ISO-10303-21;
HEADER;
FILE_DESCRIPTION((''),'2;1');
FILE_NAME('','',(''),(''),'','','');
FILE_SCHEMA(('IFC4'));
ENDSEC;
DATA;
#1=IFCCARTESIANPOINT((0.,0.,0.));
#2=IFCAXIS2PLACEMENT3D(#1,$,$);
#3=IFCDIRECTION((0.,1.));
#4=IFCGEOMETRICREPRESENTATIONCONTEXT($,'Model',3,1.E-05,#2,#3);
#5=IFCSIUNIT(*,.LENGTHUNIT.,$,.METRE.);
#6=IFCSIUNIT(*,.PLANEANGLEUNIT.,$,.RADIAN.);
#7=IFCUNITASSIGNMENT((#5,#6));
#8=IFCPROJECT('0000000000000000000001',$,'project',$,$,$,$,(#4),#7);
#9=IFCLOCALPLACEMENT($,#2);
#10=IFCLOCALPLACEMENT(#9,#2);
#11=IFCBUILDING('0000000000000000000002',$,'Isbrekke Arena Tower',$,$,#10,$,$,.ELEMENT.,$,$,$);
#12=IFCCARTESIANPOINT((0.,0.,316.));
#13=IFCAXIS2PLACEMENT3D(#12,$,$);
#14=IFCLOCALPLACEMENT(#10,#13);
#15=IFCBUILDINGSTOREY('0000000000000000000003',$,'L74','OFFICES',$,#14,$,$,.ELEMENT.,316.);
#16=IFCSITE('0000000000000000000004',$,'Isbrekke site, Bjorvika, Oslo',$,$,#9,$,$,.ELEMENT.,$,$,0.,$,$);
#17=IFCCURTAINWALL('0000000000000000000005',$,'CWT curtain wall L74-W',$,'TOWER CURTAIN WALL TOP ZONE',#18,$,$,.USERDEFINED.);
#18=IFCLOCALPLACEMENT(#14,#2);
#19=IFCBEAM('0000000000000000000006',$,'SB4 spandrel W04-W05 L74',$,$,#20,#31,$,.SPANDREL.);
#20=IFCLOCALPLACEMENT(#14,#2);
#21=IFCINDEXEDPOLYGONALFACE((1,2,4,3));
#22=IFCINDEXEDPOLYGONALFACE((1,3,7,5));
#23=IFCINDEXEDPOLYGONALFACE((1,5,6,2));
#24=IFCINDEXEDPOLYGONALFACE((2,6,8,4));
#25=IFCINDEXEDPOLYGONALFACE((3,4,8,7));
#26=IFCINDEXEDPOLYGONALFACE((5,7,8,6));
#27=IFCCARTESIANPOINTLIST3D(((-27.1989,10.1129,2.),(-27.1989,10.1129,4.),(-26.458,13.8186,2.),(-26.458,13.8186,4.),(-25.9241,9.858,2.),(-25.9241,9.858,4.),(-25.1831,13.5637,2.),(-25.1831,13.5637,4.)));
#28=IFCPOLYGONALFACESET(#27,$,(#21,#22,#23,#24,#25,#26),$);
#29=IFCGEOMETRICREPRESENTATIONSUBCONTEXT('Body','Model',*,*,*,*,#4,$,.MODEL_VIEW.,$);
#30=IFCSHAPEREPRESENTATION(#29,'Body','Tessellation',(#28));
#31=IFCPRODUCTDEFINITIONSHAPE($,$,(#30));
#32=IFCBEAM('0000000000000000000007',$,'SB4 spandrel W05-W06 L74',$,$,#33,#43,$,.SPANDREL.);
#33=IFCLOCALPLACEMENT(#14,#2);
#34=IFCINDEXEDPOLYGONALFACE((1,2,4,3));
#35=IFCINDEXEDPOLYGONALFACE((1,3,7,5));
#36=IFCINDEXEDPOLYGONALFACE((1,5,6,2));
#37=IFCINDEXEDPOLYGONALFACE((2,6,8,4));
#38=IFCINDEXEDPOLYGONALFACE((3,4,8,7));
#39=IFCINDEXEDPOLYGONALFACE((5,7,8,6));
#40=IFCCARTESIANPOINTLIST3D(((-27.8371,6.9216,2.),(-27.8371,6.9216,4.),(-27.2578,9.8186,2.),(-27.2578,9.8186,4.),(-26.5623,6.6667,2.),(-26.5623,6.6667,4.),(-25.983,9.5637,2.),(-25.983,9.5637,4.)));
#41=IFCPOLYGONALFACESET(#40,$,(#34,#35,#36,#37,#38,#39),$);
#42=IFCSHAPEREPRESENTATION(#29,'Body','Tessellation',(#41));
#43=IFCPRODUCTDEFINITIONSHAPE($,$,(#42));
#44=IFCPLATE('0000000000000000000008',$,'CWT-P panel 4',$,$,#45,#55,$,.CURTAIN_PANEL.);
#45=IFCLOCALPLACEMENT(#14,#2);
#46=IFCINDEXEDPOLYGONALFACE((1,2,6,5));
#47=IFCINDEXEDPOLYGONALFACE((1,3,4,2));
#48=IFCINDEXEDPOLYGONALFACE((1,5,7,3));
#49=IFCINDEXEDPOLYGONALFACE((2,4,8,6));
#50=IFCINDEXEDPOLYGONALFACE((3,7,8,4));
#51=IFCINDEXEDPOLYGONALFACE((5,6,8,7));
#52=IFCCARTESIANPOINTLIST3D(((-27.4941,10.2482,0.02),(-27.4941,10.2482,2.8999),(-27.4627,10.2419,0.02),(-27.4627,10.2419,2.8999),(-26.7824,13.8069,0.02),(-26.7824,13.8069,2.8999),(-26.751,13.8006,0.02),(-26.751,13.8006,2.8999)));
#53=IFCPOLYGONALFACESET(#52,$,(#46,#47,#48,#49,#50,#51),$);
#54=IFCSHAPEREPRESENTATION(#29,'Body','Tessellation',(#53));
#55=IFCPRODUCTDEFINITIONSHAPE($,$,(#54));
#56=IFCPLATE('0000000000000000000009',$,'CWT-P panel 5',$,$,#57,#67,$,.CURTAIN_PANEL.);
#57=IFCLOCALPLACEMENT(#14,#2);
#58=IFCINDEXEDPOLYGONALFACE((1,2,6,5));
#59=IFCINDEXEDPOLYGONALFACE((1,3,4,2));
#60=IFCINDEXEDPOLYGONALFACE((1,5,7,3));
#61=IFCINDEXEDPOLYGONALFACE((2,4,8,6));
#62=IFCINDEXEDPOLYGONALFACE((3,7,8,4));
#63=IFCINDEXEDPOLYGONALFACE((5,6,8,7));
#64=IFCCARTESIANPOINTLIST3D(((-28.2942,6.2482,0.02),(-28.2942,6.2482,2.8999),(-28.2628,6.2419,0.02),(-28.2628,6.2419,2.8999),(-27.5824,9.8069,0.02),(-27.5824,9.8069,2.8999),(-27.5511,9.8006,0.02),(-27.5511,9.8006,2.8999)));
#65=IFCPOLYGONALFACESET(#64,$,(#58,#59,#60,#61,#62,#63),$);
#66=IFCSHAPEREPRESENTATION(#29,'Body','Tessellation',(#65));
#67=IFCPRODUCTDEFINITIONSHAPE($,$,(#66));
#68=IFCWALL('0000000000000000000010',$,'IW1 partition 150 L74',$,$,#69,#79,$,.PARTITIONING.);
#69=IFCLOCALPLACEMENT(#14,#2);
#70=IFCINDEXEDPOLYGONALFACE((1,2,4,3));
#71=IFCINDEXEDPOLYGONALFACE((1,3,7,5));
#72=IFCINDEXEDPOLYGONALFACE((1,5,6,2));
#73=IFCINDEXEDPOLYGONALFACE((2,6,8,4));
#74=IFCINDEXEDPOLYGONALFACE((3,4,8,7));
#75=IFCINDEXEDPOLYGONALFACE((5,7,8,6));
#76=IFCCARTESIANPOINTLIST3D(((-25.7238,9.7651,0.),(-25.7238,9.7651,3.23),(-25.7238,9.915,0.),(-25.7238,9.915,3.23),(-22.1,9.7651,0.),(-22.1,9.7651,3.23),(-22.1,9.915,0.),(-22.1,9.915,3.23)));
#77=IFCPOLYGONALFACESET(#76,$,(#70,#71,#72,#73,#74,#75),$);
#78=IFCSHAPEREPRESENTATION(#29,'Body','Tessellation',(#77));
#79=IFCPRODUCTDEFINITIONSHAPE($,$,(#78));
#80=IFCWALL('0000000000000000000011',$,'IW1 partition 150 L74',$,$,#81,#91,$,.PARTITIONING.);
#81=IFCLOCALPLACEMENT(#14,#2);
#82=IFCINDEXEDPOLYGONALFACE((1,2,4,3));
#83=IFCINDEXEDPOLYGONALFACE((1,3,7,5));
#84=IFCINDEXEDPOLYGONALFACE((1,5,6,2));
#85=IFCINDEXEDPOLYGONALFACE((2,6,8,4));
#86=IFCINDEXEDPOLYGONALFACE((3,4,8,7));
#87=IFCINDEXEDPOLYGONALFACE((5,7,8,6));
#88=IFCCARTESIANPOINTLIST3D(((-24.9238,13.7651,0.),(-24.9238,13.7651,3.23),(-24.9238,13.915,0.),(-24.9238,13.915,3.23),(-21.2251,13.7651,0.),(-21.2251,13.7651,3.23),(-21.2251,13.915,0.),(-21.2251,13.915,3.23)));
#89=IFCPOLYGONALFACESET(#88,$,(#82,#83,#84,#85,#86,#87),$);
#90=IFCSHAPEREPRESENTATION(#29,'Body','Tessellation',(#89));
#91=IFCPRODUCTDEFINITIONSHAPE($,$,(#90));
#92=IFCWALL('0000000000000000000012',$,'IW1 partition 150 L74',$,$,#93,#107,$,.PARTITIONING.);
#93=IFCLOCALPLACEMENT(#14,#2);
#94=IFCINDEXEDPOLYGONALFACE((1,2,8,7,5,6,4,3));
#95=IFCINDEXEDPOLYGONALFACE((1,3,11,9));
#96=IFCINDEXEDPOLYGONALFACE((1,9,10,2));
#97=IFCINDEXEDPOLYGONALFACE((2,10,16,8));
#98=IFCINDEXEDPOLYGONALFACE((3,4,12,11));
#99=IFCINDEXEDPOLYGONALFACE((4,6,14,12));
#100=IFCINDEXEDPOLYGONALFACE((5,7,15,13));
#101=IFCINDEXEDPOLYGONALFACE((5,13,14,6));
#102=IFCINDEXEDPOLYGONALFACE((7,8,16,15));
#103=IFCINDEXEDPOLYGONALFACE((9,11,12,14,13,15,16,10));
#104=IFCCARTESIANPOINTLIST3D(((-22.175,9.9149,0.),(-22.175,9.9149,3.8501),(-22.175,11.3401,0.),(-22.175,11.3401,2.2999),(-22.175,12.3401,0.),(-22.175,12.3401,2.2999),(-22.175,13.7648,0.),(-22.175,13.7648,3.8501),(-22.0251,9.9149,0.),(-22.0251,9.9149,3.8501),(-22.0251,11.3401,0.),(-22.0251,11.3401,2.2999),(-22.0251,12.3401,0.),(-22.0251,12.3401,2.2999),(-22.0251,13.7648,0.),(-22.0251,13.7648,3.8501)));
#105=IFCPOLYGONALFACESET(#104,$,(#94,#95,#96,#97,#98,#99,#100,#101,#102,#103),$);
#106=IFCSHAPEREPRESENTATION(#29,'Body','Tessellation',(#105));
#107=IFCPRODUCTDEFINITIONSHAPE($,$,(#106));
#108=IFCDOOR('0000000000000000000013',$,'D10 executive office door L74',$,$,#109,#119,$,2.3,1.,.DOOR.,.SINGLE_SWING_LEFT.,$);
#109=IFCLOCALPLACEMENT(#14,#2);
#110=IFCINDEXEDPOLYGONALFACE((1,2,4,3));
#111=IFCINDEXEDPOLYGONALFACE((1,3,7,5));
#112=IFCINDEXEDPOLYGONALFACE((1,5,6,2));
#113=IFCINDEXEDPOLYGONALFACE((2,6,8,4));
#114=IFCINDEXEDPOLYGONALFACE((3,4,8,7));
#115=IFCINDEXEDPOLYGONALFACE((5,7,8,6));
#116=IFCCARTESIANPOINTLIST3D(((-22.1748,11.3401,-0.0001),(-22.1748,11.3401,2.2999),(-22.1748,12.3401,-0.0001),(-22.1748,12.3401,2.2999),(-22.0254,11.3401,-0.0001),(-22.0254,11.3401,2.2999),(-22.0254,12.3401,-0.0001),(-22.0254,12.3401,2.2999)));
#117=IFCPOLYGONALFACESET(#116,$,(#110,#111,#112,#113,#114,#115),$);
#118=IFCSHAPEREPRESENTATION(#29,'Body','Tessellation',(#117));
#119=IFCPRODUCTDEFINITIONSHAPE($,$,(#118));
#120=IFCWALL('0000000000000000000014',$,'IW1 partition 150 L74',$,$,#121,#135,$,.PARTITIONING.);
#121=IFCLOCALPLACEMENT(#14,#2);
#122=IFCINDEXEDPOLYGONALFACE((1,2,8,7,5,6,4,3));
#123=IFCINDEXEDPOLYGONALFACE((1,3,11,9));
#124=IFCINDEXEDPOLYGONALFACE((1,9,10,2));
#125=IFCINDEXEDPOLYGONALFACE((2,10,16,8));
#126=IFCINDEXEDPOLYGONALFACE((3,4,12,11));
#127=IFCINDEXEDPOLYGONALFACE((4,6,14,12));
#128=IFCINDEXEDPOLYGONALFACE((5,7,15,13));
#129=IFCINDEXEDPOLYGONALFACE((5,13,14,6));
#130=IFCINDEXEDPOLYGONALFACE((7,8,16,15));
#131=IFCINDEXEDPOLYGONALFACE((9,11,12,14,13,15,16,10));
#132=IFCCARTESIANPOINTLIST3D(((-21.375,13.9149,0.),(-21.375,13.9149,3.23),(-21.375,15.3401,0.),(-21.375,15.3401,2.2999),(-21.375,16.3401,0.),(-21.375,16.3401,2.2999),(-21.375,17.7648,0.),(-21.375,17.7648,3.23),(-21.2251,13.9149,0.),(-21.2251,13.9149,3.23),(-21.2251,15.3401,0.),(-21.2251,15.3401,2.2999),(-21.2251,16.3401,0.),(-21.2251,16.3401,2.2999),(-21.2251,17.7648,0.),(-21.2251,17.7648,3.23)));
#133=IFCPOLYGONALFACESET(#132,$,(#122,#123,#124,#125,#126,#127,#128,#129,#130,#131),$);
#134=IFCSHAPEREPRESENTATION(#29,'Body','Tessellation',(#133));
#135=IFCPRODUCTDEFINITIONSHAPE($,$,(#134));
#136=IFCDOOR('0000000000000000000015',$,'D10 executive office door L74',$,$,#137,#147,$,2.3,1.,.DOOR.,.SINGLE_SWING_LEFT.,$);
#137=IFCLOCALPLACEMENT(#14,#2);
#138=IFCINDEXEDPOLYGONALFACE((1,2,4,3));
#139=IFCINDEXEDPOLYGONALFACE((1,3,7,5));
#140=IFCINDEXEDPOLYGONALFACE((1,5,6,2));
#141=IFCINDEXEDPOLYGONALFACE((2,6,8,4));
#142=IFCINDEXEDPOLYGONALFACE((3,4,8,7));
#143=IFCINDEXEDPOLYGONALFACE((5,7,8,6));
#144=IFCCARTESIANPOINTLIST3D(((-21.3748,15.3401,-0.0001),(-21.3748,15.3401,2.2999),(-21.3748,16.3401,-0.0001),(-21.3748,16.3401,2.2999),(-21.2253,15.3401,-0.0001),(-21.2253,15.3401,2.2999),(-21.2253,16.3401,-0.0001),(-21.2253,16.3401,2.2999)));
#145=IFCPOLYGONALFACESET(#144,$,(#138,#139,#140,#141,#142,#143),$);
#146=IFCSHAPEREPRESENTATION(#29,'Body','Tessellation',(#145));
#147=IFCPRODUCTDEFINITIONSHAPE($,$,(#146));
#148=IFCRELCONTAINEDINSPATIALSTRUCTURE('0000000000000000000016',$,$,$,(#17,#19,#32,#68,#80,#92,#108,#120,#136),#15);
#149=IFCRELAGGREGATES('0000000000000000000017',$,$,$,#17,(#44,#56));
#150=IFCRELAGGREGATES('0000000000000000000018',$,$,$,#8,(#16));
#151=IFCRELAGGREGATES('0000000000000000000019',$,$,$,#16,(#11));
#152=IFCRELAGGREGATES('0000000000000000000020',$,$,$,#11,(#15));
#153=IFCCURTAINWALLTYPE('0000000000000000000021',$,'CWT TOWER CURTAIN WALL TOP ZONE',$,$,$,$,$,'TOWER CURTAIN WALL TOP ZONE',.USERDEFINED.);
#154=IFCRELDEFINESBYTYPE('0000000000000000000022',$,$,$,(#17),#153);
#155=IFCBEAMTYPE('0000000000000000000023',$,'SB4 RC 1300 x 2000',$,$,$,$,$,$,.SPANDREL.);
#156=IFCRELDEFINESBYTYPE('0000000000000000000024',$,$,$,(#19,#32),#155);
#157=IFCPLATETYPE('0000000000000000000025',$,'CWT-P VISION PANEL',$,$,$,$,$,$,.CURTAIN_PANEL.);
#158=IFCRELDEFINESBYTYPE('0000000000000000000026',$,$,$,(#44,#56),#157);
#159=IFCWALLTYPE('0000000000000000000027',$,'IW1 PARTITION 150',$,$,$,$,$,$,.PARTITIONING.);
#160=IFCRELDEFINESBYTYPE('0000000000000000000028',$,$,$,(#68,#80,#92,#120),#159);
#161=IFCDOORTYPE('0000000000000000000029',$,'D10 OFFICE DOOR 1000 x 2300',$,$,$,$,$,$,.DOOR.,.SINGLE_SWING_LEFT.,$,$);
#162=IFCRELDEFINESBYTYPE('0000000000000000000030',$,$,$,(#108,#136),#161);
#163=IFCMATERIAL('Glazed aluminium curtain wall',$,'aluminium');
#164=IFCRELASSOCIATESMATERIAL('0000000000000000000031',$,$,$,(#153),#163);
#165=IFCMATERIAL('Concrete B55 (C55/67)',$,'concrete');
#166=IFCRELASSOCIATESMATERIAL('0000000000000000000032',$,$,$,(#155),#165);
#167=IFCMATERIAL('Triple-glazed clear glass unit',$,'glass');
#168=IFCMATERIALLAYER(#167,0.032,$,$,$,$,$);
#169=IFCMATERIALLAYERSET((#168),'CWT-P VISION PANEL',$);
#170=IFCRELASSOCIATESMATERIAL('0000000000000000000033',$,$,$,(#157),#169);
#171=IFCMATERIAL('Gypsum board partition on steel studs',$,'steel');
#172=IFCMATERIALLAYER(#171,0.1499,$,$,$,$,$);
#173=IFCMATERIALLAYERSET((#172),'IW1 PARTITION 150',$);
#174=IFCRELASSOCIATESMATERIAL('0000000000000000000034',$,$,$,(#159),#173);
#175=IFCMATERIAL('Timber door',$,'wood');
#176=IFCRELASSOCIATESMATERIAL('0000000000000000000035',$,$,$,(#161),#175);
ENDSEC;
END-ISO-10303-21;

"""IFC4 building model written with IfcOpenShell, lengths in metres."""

from ifc_helpers import new_model, si_unit, direction, frame, frame_2d, origin, origin_2d, place, context, subcontext, project, spatial, rectangle, extrude, material, layer, layer_set, material_profile, profile_set, type_object, element, fill, aggregate, save


model = new_model("IFC4")

# Units and contexts
model_context = context("Model", 3, precision=1e-05, world=origin(), true_north=direction((0.0, 1.0)))
body_context = subcontext(model_context, "Body", "Model", "MODEL_VIEW")
ifc_project = project(units=[si_unit("LENGTHUNIT", "METRE"), si_unit("PLANEANGLEUNIT", "RADIAN")], contexts=[model_context])

# Site, building, storey
site_placement = place(None, origin())
site = spatial("IfcSite", under=ifc_project, at=site_placement, Name="Isbrekke site, Bjorvika, Oslo", CompositionType="ELEMENT", RefElevation=0.0)
building_placement = place(site_placement, origin())
building = spatial("IfcBuilding", under=site, at=building_placement, Name="Isbrekke Arena Tower", CompositionType="ELEMENT")
storey_placement = place(building_placement, frame((0.0, 0.0, 316.0)))
storey = spatial("IfcBuildingStorey", under=building, at=storey_placement, Name="L74", Description="OFFICES", CompositionType="ELEMENT", Elevation=316.0)

# Curtain wall
ifc_material_1 = material(Name="Glazed aluminium curtain wall", Category="aluminium")
curtain_wall_type = type_object("IfcCurtainWallType", Name="CWT TOWER CURTAIN WALL TOP ZONE", ElementType="TOWER CURTAIN WALL TOP ZONE", PredefinedType="USERDEFINED", material=ifc_material_1)
curtain_wall_placement = place(storey_placement, origin())
curtain_wall = element("IfcCurtainWall", 1, at=curtain_wall_placement, inside=storey, type_object=curtain_wall_type, Name="CWT curtain wall L74-W", ObjectType="TOWER CURTAIN WALL TOP ZONE", PredefinedType="USERDEFINED")

# Beams
ifc_material_2 = material(Name="Concrete B55 (C55/67)", Category="concrete")
ifc_material_profile_1 = material_profile(ifc_material_2, rectangle(XDim=1.3, YDim=2.0, at=origin_2d()), Name="RC 1300x2000")
ifc_profile_set_1 = profile_set([ifc_material_profile_1], Name="Concrete B55 (C55/67)")
beam_type_1 = type_object("IfcBeamType", Name="SB4 RC 1300 x 2000", PredefinedType="SPANDREL", material=ifc_profile_set_1)
beam_1_placement = place(storey_placement, frame((-25.8206, 13.6912, 3.0), z_axis=(-0.196066, -0.980591, 0.0), x_axis=(0.980591, -0.196066, 0.0)))
element("IfcBeam", 2, at=beam_1_placement, inside=storey, type_object=beam_type_1, Name="SB4 spandrel W04-W05 L74", PredefinedType="SPANDREL", context=body_context, shape_type="SweptSolid", body=[
    extrude(rectangle(XDim=1.3, YDim=2.0, at=origin_2d()), origin(), (0.0, 0.0, 1.0), 3.7791),
])
beam_2_placement = place(storey_placement, frame((-26.6204, 9.6912, 3.0), z_axis=(-0.1961, -0.980584, 0.0), x_axis=(0.980584, -0.1961, 0.0)))
element("IfcBeam", 3, at=beam_2_placement, inside=storey, type_object=beam_type_1, Name="SB4 spandrel W05-W06 L74", PredefinedType="SPANDREL", context=body_context, shape_type="SweptSolid", body=[
    extrude(rectangle(XDim=1.3, YDim=2.0, at=origin_2d()), origin(), (0.0, 0.0, 1.0), 2.9543),
])

# Plates
ifc_material_3 = material(Name="Triple-glazed clear glass unit", Category="glass")
ifc_layer_1 = layer(ifc_material_3, 0.032)
ifc_layer_set_1 = layer_set([ifc_layer_1], Name="CWT-P VISION PANEL")
plate_type = type_object("IfcPlateType", Name="CWT-P VISION PANEL", PredefinedType="CURTAIN_PANEL", material=ifc_layer_set_1)
plate_1_placement = place(storey_placement, frame((-27.1226, 12.0244, 0.02), z_axis=(0.0, 0.0, 1.0), x_axis=(-0.196116, -0.980581, 0.0)))
plate_1 = element("IfcPlate", 4, at=plate_1_placement, type_object=plate_type, Name="CWT-P panel 4", PredefinedType="CURTAIN_PANEL", context=body_context, shape_type="SweptSolid", body=[
    extrude(rectangle(XDim=3.6292, YDim=0.032, at=origin_2d()), origin(), (0.0, 0.0, 1.0), 2.8799),
])
plate_2_placement = place(storey_placement, frame((-27.9226, 8.0244, 0.02), z_axis=(0.0, 0.0, 1.0), x_axis=(-0.196116, -0.980581, 0.0)))
plate_2 = element("IfcPlate", 5, at=plate_2_placement, type_object=plate_type, Name="CWT-P panel 5", PredefinedType="CURTAIN_PANEL", context=body_context, shape_type="SweptSolid", body=[
    extrude(rectangle(XDim=3.6292, YDim=0.032, at=origin_2d()), origin(), (0.0, 0.0, 1.0), 2.8799),
])
aggregate(curtain_wall, [plate_1, plate_2])

# Walls
ifc_material_4 = material(Name="Gypsum board partition on steel studs", Category="steel")
ifc_layer_2 = layer(ifc_material_4, 0.1499)
ifc_layer_set_2 = layer_set([ifc_layer_2], Name="IW1 PARTITION 150")
wall_type_1 = type_object("IfcWallType", Name="IW1 PARTITION 150", PredefinedType="PARTITIONING", material=ifc_layer_set_2)
wall_1_placement = place(storey_placement, frame((-25.7239, 9.8401, 0.0), z_axis=(0.0, 0.0, 1.0), x_axis=(1.0, 0.0, 0.0)))
element("IfcWall", 6, at=wall_1_placement, inside=storey, type_object=wall_type_1, Name="IW1 partition 150 L74", PredefinedType="PARTITIONING", context=body_context, shape_type="SweptSolid", body=[
    extrude(rectangle(XDim=3.6238, YDim=0.1499, at=frame_2d((1.812, 0.0))), origin(), (0.0, 0.0, 1.0), 3.23),
])
wall_2_placement = place(storey_placement, frame((-24.9238, 13.8401, 0.0), z_axis=(0.0, 0.0, 1.0), x_axis=(1.0, 0.0, 0.0)))
element("IfcWall", 7, at=wall_2_placement, inside=storey, type_object=wall_type_1, Name="IW1 partition 150 L74", PredefinedType="PARTITIONING", context=body_context, shape_type="SweptSolid", body=[
    extrude(rectangle(XDim=3.6987, YDim=0.1499, at=frame_2d((1.8494, 0.0))), origin(), (0.0, 0.0, 1.0), 3.23),
])

# Walls, openings, doors
wall_3_placement = place(storey_placement, frame((-22.1001, 9.915, 0.0), z_axis=(0.0, 0.0, 1.0), x_axis=(0.0, 1.0, 0.0)))
wall_3 = element("IfcWall", 8, at=wall_3_placement, inside=storey, type_object=wall_type_1, Name="IW1 partition 150 L74", PredefinedType="PARTITIONING", context=body_context, shape_type="SweptSolid", body=[
    extrude(rectangle(XDim=3.8499, YDim=0.1499, at=frame_2d((1.9248, 0.0))), origin(), (0.0, 0.0, 1.0), 3.8501),
])
opening_1_placement = place(wall_3_placement, frame((1.425, 0.0, 0.0)))
opening_1 = element("IfcOpeningElement", 9, at=opening_1_placement, cuts=wall_3, PredefinedType="OPENING", context=body_context, shape_type="SweptSolid", body=[
    extrude(rectangle(XDim=1.0, YDim=2.3, at=frame_2d((0.5, 1.1499))), frame((0.0, 0.0898, 0.0), z_axis=(0.0, -1.0, 0.0), x_axis=(1.0, 0.0, 0.0)), (0.0, 0.0, 1.0), 0.1797),
])
ifc_material_5 = material(Name="Timber door", Category="wood")
door_type_1 = type_object("IfcDoorType", Name="D10 OFFICE DOOR 1000 x 2300", OperationType="SINGLE_SWING_LEFT", PredefinedType="DOOR", material=ifc_material_5)
door_1_placement = place(opening_1_placement, origin())
door_1 = element("IfcDoor", 10, at=door_1_placement, inside=storey, type_object=door_type_1, Name="D10 executive office door L74", OperationType="SINGLE_SWING_LEFT", OverallHeight=2.3, OverallWidth=1.0, PredefinedType="DOOR", context=body_context, shape_type="SweptSolid", body=[
    extrude(rectangle(XDim=1.0, YDim=2.3, at=frame_2d((0.5, 1.1499))), frame((0.0, 0.0747, 0.0), z_axis=(0.0, -1.0, 0.0), x_axis=(1.0, 0.0, 0.0)), (0.0, 0.0, 1.0), 0.1494),
])
fill(opening_1, door_1)
wall_4_placement = place(storey_placement, frame((-21.3, 13.915, 0.0), z_axis=(0.0, 0.0, 1.0), x_axis=(0.0, 1.0, 0.0)))
wall_4 = element("IfcWall", 11, at=wall_4_placement, inside=storey, type_object=wall_type_1, Name="IW1 partition 150 L74", PredefinedType="PARTITIONING", context=body_context, shape_type="SweptSolid", body=[
    extrude(rectangle(XDim=3.8499, YDim=0.1499, at=frame_2d((1.9248, 0.0))), origin(), (0.0, 0.0, 1.0), 3.23),
])
opening_2_placement = place(wall_4_placement, frame((1.425, 0.0, 0.0)))
opening_2 = element("IfcOpeningElement", 12, at=opening_2_placement, cuts=wall_4, PredefinedType="OPENING", context=body_context, shape_type="SweptSolid", body=[
    extrude(rectangle(XDim=1.0, YDim=2.3, at=frame_2d((0.5, 1.1499))), frame((0.0, 0.0898, 0.0), z_axis=(0.0, -1.0, 0.0), x_axis=(1.0, 0.0, 0.0)), (0.0, 0.0, 1.0), 0.1797),
])
door_2_placement = place(opening_2_placement, origin())
door_2 = element("IfcDoor", 13, at=door_2_placement, inside=storey, type_object=door_type_1, Name="D10 executive office door L74", OperationType="SINGLE_SWING_LEFT", OverallHeight=2.3, OverallWidth=1.0, PredefinedType="DOOR", context=body_context, shape_type="SweptSolid", body=[
    extrude(rectangle(XDim=1.0, YDim=2.3, at=frame_2d((0.5, 1.1499))), frame((0.0, 0.0747, 0.0), z_axis=(0.0, -1.0, 0.0), x_axis=(1.0, 0.0, 0.0)), (0.0, 0.0, 1.0), 0.1494),
])
fill(opening_2, door_2)

save(model, "model.ifc")
